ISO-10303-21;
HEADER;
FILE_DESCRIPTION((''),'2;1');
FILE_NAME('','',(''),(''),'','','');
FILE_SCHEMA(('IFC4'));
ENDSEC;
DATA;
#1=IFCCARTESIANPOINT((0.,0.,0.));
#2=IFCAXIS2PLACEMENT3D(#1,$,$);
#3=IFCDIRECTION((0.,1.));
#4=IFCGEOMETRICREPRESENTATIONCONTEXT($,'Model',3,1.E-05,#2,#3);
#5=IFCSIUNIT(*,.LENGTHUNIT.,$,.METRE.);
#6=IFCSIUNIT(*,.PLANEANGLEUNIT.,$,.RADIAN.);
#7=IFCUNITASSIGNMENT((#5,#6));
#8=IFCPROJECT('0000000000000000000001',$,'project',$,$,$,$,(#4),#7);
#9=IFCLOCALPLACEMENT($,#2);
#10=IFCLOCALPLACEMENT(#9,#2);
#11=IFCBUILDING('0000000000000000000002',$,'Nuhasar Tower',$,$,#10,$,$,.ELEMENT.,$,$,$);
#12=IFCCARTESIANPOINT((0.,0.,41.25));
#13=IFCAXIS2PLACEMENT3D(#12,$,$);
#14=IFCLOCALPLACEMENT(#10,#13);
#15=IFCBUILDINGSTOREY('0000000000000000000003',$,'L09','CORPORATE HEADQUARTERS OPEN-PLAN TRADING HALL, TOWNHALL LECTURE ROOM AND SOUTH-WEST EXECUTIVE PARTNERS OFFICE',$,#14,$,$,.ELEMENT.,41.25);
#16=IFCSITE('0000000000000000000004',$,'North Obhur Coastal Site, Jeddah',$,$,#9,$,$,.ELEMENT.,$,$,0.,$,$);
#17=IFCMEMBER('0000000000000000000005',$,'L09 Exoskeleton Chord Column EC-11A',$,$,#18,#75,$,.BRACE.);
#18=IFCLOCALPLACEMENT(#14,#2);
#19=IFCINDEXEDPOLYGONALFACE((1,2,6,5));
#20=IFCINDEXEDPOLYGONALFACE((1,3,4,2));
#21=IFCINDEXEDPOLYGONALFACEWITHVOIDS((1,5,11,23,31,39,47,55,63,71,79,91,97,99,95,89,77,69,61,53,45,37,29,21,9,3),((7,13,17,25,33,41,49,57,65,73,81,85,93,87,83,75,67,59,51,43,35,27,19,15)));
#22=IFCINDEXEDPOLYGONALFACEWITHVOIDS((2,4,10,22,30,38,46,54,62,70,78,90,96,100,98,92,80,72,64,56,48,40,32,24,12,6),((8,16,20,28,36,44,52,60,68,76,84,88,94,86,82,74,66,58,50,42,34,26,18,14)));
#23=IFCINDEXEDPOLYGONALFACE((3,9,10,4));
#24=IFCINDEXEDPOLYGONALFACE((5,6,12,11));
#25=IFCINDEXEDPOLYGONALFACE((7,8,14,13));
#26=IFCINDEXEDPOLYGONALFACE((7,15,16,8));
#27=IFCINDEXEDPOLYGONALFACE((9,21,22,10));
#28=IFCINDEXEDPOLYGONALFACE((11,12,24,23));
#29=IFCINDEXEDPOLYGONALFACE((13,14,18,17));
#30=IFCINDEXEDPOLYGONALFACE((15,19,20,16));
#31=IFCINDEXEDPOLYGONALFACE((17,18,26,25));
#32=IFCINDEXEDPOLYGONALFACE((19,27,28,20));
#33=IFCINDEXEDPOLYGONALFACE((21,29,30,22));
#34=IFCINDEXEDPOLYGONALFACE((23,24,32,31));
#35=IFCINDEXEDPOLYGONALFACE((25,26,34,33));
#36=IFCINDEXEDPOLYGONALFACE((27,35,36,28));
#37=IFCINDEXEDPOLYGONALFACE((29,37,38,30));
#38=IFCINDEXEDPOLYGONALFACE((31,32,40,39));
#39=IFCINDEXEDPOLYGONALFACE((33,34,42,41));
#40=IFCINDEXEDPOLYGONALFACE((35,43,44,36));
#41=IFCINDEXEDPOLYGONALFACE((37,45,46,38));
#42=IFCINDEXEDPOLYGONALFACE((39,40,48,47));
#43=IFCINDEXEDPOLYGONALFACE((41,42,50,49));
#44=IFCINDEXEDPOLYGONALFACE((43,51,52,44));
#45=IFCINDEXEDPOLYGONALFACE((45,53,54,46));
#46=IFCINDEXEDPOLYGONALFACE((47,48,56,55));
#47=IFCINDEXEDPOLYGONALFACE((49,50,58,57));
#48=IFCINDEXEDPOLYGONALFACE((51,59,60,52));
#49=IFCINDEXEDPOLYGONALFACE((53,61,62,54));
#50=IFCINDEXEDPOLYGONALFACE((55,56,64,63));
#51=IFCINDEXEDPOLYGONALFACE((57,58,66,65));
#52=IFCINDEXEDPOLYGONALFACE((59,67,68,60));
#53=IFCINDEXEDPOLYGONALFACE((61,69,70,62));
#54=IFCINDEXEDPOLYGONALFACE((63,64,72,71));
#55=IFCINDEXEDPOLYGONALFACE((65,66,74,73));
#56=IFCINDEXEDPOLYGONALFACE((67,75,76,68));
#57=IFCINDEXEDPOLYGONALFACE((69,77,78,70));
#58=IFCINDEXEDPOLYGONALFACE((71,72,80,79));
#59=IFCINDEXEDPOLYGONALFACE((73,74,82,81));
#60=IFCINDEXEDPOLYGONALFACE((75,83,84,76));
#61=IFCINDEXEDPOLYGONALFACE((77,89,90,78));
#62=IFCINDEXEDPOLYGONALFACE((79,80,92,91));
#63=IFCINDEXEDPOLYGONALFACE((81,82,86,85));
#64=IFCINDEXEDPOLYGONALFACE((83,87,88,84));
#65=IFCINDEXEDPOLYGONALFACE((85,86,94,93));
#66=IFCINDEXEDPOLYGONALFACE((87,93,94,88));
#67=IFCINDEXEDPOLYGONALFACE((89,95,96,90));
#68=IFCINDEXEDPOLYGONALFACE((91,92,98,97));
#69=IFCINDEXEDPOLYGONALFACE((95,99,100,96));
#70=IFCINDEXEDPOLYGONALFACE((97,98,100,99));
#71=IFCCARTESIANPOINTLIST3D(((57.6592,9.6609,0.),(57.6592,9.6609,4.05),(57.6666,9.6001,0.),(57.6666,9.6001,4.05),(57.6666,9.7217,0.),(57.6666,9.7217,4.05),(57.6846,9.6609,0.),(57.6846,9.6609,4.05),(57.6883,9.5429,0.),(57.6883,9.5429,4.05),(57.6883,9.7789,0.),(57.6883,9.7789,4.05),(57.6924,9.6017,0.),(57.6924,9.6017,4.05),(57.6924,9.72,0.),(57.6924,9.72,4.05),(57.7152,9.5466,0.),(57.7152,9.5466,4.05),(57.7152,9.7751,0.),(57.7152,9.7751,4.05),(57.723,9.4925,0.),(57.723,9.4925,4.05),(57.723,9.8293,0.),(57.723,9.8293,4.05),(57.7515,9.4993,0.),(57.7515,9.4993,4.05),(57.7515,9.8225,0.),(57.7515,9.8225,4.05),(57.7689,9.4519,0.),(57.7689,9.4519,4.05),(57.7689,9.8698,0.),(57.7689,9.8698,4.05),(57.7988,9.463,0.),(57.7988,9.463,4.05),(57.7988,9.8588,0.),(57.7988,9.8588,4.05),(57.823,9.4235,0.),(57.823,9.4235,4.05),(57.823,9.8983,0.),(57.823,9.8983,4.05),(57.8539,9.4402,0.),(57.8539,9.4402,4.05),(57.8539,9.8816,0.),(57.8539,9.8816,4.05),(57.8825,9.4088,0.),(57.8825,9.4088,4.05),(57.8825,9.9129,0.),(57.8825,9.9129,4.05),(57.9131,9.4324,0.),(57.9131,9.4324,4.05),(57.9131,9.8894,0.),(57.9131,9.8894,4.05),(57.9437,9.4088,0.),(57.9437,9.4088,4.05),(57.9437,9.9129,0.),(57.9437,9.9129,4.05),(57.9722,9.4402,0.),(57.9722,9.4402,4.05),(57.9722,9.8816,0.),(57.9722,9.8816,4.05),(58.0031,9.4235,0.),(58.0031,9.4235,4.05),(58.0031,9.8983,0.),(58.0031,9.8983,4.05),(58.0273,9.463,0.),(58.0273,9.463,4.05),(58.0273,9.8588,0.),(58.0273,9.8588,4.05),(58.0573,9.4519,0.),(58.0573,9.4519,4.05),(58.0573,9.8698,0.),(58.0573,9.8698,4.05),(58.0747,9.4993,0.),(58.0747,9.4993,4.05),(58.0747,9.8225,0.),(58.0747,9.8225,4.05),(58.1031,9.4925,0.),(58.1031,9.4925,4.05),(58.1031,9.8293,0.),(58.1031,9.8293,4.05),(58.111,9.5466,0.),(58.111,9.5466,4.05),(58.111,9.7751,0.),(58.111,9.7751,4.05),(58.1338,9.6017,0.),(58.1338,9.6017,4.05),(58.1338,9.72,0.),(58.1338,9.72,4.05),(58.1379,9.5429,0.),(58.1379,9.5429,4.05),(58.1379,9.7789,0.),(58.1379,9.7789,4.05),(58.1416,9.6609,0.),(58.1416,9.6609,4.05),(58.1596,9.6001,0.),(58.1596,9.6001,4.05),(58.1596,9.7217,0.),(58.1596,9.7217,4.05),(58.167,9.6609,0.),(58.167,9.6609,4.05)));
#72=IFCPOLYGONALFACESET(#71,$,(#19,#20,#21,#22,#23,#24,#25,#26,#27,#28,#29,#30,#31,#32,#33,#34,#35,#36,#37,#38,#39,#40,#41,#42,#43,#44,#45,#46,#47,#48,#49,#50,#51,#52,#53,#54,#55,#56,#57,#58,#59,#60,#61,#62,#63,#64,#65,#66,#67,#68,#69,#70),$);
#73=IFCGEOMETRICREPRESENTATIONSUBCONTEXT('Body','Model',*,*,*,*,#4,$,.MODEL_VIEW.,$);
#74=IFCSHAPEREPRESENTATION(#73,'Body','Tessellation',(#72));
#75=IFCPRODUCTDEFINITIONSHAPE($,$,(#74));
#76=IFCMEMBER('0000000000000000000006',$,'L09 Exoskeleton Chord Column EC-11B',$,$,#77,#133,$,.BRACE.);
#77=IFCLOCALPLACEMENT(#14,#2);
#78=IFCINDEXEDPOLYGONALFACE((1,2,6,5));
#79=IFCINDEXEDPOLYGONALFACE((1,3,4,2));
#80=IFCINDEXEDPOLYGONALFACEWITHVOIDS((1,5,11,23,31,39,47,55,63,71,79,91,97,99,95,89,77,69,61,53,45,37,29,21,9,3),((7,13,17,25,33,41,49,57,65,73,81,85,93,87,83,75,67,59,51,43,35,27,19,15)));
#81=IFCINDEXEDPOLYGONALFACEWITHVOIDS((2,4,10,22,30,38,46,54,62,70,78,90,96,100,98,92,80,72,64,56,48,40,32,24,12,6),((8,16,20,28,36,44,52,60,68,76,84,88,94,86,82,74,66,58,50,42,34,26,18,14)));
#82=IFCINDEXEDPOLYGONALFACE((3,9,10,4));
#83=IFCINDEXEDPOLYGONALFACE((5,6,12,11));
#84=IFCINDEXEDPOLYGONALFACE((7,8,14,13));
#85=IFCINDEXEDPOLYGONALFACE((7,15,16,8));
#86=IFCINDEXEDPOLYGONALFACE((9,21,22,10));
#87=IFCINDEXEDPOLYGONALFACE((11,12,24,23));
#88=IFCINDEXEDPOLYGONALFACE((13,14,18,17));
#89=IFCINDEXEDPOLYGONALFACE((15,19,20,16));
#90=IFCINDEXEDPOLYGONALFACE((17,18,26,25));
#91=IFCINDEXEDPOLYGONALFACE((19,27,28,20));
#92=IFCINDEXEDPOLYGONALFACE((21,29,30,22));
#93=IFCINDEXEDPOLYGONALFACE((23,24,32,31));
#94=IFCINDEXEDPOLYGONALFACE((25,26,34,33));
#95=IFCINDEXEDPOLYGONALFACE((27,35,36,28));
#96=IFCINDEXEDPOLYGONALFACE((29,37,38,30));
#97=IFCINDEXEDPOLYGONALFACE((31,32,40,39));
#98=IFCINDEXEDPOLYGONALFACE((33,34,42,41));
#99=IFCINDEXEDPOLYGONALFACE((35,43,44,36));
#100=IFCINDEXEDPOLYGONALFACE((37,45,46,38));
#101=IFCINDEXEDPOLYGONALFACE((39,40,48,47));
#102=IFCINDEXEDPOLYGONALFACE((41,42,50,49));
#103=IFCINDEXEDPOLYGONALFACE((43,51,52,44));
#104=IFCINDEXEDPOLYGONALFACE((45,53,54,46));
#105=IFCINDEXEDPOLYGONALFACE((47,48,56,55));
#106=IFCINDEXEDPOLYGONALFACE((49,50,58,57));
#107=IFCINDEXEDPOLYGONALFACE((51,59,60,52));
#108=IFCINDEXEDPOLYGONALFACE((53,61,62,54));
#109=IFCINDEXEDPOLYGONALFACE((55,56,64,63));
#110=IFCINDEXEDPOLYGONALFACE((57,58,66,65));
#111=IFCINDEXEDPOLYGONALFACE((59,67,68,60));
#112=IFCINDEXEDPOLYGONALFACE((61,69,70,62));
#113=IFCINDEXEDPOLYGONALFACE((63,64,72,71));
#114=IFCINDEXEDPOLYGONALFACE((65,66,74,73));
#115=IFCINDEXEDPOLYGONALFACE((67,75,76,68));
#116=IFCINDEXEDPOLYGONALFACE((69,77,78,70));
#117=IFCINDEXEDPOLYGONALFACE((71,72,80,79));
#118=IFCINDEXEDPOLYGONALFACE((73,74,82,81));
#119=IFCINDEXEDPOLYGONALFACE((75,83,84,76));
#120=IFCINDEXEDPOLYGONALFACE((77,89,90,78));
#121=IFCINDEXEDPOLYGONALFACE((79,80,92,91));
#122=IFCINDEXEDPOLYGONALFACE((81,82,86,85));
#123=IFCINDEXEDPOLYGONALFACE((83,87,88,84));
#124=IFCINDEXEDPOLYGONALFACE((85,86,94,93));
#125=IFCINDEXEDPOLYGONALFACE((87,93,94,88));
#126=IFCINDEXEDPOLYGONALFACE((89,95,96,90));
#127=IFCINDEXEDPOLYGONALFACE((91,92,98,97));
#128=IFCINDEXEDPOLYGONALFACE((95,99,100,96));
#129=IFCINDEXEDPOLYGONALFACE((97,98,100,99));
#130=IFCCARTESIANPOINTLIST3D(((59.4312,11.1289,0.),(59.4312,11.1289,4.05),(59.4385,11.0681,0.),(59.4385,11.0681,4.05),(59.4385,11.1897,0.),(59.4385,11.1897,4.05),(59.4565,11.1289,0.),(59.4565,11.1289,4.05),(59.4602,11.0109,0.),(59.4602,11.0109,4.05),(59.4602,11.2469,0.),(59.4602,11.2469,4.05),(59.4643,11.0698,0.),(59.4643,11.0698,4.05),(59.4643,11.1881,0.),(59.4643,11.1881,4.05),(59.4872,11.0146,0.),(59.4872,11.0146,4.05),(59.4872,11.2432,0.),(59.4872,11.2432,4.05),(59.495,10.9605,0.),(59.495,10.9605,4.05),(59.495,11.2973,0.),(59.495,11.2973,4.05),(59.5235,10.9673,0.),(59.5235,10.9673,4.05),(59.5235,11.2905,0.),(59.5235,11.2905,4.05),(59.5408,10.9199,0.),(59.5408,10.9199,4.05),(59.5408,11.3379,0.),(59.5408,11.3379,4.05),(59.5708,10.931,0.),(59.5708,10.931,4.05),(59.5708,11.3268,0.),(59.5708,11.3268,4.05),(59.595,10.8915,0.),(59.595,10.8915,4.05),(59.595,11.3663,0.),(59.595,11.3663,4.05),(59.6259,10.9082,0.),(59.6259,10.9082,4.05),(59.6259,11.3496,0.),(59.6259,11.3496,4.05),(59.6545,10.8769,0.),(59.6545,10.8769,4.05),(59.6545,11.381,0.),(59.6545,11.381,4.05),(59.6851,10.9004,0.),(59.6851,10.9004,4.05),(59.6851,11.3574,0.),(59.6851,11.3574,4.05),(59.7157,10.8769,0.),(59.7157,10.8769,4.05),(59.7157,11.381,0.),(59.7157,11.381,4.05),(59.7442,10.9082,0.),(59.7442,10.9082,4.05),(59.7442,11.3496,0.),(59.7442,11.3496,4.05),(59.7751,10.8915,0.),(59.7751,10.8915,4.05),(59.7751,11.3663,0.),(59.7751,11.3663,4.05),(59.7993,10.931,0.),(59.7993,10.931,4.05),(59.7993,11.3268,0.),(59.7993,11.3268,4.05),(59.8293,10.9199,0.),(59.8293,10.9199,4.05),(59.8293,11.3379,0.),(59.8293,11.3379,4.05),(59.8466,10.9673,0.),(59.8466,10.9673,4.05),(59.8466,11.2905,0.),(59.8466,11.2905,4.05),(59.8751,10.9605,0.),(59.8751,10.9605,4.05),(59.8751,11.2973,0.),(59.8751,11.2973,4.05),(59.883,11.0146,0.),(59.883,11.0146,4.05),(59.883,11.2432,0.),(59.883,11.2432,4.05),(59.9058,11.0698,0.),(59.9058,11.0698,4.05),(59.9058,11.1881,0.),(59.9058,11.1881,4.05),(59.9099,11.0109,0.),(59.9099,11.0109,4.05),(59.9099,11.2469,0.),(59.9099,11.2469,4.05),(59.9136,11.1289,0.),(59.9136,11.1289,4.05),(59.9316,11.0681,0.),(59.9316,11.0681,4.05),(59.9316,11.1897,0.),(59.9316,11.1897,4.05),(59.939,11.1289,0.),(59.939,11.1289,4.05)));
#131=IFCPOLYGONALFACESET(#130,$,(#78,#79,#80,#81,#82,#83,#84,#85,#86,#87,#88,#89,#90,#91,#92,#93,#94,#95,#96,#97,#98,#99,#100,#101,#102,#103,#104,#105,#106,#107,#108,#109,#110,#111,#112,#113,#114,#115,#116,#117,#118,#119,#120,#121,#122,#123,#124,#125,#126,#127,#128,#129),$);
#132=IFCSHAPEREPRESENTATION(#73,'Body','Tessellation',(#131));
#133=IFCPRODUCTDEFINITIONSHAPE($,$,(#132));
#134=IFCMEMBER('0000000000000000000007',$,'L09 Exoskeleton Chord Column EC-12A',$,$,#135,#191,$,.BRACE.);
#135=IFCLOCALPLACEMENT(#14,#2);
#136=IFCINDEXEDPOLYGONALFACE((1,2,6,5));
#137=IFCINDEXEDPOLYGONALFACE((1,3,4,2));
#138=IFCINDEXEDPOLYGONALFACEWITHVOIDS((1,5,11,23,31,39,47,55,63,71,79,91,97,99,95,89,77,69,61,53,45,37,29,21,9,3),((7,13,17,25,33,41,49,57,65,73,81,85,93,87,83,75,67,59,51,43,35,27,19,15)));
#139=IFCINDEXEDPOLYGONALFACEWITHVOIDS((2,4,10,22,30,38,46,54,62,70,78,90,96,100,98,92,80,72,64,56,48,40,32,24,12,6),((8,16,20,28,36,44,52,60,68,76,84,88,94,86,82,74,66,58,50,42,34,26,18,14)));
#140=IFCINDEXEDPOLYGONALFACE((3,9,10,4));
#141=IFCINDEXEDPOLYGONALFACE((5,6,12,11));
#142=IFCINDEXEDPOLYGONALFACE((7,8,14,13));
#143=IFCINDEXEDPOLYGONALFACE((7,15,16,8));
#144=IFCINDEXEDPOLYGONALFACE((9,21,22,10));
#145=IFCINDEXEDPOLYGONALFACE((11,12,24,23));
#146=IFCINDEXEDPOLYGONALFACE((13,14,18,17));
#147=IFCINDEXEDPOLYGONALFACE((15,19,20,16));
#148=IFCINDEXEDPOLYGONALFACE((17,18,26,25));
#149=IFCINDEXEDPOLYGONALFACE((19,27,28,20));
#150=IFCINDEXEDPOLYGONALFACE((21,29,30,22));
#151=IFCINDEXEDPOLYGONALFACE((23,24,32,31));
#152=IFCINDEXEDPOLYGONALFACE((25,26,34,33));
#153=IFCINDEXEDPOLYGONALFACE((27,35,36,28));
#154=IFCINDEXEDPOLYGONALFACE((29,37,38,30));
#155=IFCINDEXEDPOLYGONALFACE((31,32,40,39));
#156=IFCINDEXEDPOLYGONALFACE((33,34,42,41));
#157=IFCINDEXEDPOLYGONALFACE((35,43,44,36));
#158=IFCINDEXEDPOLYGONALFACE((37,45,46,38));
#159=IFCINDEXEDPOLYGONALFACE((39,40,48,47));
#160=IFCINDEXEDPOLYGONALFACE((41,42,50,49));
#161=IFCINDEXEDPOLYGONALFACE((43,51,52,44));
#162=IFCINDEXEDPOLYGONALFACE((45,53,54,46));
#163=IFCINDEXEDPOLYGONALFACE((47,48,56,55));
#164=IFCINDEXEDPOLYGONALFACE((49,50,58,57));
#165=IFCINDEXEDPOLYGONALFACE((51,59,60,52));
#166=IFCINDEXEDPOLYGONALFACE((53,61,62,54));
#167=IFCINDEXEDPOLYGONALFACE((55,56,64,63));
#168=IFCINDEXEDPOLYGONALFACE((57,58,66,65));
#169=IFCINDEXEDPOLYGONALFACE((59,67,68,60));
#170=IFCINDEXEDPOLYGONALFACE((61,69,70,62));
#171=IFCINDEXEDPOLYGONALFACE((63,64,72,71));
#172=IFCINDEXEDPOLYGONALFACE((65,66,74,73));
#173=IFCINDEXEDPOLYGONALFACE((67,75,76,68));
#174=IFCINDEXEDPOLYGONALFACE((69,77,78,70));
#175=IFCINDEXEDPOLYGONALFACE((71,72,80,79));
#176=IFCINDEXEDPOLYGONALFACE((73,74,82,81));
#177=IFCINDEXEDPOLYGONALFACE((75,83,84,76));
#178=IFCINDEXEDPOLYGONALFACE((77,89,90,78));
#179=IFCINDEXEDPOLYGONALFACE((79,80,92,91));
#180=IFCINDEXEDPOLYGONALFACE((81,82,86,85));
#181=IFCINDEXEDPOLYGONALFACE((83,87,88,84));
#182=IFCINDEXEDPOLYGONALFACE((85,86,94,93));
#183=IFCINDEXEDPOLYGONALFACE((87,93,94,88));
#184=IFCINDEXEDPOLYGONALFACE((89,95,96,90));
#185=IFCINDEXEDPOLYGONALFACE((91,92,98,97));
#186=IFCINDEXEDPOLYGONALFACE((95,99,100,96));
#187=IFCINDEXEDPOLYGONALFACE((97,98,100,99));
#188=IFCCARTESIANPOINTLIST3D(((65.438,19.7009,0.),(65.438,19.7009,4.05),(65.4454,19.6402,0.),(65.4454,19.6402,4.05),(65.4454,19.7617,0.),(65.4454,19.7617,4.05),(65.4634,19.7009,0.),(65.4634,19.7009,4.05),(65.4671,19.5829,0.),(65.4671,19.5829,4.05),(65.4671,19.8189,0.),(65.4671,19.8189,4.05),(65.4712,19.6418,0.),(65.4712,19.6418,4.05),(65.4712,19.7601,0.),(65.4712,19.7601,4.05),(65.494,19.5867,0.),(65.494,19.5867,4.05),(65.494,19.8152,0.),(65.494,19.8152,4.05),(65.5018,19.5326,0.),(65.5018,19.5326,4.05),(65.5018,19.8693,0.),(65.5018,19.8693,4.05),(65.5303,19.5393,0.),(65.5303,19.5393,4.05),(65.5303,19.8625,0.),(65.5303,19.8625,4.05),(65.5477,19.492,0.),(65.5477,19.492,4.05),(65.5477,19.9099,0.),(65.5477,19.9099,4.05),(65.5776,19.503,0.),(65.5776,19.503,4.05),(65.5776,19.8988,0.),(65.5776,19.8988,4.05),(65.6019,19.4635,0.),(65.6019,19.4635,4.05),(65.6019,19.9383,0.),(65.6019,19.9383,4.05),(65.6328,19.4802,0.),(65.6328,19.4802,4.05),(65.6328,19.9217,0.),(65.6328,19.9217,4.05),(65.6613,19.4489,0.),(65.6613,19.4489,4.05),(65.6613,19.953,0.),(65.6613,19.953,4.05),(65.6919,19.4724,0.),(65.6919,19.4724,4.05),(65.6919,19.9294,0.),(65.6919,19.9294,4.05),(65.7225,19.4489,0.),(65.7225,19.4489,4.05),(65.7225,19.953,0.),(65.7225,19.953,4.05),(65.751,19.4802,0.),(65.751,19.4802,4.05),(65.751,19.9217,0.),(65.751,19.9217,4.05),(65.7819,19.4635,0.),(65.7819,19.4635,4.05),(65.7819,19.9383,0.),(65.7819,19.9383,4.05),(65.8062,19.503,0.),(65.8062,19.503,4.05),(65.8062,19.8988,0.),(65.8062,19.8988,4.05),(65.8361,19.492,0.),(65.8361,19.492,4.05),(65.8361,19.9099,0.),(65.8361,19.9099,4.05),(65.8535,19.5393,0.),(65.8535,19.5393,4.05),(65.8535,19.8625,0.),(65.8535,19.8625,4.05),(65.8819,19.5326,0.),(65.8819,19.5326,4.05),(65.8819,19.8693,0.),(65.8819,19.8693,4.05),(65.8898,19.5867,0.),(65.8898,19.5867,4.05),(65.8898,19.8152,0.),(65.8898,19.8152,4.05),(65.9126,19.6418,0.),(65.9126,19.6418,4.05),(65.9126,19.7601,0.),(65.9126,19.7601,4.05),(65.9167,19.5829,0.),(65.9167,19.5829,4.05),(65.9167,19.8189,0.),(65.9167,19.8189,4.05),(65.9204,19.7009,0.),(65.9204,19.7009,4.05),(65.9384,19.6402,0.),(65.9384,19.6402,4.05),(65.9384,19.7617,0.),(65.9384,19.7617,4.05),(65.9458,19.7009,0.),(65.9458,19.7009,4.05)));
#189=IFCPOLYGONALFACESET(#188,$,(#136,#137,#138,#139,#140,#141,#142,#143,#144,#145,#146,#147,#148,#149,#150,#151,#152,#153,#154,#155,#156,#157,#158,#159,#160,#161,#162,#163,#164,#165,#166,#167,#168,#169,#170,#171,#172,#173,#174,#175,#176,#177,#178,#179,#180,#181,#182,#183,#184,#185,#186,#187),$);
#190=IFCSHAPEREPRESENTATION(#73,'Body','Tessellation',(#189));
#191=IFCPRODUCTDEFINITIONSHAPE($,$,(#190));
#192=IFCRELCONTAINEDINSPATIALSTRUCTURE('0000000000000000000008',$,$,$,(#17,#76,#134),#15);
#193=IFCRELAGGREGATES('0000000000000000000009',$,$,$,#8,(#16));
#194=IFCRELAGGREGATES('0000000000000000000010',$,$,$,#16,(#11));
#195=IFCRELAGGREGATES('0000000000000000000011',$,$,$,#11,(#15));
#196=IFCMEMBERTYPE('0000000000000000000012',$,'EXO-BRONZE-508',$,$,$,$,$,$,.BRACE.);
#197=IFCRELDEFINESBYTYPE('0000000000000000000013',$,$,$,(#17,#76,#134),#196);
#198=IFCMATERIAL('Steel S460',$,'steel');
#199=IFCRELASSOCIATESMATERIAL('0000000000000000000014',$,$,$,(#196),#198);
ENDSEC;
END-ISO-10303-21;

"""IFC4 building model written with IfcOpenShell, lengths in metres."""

from ifc_helpers import new_model, si_unit, direction, frame, origin, origin_2d, place, context, subcontext, project, spatial, hollow_circle, extrude, material, material_profile, profile_set, type_object, element, save


model = new_model("IFC4")

# Units and contexts
model_context = context("Model", 3, precision=1e-05, world=origin(), true_north=direction((0.0, 1.0)))
body_context = subcontext(model_context, "Body", "Model", "MODEL_VIEW")
ifc_project = project(units=[si_unit("LENGTHUNIT", "METRE"), si_unit("PLANEANGLEUNIT", "RADIAN")], contexts=[model_context])

# Site, building, storey
site_placement = place(None, origin())
site = spatial("IfcSite", under=ifc_project, at=site_placement, Name="North Obhur Coastal Site, Jeddah", CompositionType="ELEMENT", RefElevation=0.0)
building_placement = place(site_placement, origin())
building = spatial("IfcBuilding", under=site, at=building_placement, Name="Nuhasar Tower", CompositionType="ELEMENT")
storey_placement = place(building_placement, frame((0.0, 0.0, 41.25)))
storey = spatial("IfcBuildingStorey", under=building, at=storey_placement, Name="L09", Description="CORPORATE HEADQUARTERS OPEN-PLAN TRADING HALL, TOWNHALL LECTURE ROOM AND SOUTH-WEST EXECUTIVE PARTNERS OFFICE", CompositionType="ELEMENT", Elevation=41.25)

# Members
ifc_material_1 = material(Name="Steel S460", Category="steel")
ifc_material_profile_1 = material_profile(ifc_material_1, hollow_circle(Radius=0.2539, WallThickness=0.0254, at=origin_2d()), Name="HSS508X25.4")
ifc_profile_set_1 = profile_set([ifc_material_profile_1], Name="Steel S460")
member_type_1 = type_object("IfcMemberType", Name="EXO-BRONZE-508", PredefinedType="BRACE", material=ifc_profile_set_1)
for number, where, z_axis, x_axis, name in (
    (1, (57.9131, 9.6609, 0.0), (0.0, 0.0, 1.0), (1.0, 0.0, 0.0), "L09 Exoskeleton Chord Column EC-11A"),
    (2, (59.6851, 11.1289, 0.0), (0.0, 0.0, 1.0), (1.0, 0.0, 0.0), "L09 Exoskeleton Chord Column EC-11B"),
    (3, (65.6919, 19.7009, 0.0), (0.0, 0.0, 1.0), (1.0, 0.0, 0.0), "L09 Exoskeleton Chord Column EC-12A"),
):
    element("IfcMember", number, at=place(storey_placement, frame(where, z_axis=z_axis, x_axis=x_axis)), inside=storey, type_object=member_type_1, Name=name, PredefinedType="BRACE", context=body_context, shape_type="SweptSolid", body=[
        extrude(hollow_circle(Radius=0.2539, WallThickness=0.0254, at=origin_2d()), origin(), (0.0, 0.0, 1.0), 4.05),
    ])

save(model, "model.ifc")
